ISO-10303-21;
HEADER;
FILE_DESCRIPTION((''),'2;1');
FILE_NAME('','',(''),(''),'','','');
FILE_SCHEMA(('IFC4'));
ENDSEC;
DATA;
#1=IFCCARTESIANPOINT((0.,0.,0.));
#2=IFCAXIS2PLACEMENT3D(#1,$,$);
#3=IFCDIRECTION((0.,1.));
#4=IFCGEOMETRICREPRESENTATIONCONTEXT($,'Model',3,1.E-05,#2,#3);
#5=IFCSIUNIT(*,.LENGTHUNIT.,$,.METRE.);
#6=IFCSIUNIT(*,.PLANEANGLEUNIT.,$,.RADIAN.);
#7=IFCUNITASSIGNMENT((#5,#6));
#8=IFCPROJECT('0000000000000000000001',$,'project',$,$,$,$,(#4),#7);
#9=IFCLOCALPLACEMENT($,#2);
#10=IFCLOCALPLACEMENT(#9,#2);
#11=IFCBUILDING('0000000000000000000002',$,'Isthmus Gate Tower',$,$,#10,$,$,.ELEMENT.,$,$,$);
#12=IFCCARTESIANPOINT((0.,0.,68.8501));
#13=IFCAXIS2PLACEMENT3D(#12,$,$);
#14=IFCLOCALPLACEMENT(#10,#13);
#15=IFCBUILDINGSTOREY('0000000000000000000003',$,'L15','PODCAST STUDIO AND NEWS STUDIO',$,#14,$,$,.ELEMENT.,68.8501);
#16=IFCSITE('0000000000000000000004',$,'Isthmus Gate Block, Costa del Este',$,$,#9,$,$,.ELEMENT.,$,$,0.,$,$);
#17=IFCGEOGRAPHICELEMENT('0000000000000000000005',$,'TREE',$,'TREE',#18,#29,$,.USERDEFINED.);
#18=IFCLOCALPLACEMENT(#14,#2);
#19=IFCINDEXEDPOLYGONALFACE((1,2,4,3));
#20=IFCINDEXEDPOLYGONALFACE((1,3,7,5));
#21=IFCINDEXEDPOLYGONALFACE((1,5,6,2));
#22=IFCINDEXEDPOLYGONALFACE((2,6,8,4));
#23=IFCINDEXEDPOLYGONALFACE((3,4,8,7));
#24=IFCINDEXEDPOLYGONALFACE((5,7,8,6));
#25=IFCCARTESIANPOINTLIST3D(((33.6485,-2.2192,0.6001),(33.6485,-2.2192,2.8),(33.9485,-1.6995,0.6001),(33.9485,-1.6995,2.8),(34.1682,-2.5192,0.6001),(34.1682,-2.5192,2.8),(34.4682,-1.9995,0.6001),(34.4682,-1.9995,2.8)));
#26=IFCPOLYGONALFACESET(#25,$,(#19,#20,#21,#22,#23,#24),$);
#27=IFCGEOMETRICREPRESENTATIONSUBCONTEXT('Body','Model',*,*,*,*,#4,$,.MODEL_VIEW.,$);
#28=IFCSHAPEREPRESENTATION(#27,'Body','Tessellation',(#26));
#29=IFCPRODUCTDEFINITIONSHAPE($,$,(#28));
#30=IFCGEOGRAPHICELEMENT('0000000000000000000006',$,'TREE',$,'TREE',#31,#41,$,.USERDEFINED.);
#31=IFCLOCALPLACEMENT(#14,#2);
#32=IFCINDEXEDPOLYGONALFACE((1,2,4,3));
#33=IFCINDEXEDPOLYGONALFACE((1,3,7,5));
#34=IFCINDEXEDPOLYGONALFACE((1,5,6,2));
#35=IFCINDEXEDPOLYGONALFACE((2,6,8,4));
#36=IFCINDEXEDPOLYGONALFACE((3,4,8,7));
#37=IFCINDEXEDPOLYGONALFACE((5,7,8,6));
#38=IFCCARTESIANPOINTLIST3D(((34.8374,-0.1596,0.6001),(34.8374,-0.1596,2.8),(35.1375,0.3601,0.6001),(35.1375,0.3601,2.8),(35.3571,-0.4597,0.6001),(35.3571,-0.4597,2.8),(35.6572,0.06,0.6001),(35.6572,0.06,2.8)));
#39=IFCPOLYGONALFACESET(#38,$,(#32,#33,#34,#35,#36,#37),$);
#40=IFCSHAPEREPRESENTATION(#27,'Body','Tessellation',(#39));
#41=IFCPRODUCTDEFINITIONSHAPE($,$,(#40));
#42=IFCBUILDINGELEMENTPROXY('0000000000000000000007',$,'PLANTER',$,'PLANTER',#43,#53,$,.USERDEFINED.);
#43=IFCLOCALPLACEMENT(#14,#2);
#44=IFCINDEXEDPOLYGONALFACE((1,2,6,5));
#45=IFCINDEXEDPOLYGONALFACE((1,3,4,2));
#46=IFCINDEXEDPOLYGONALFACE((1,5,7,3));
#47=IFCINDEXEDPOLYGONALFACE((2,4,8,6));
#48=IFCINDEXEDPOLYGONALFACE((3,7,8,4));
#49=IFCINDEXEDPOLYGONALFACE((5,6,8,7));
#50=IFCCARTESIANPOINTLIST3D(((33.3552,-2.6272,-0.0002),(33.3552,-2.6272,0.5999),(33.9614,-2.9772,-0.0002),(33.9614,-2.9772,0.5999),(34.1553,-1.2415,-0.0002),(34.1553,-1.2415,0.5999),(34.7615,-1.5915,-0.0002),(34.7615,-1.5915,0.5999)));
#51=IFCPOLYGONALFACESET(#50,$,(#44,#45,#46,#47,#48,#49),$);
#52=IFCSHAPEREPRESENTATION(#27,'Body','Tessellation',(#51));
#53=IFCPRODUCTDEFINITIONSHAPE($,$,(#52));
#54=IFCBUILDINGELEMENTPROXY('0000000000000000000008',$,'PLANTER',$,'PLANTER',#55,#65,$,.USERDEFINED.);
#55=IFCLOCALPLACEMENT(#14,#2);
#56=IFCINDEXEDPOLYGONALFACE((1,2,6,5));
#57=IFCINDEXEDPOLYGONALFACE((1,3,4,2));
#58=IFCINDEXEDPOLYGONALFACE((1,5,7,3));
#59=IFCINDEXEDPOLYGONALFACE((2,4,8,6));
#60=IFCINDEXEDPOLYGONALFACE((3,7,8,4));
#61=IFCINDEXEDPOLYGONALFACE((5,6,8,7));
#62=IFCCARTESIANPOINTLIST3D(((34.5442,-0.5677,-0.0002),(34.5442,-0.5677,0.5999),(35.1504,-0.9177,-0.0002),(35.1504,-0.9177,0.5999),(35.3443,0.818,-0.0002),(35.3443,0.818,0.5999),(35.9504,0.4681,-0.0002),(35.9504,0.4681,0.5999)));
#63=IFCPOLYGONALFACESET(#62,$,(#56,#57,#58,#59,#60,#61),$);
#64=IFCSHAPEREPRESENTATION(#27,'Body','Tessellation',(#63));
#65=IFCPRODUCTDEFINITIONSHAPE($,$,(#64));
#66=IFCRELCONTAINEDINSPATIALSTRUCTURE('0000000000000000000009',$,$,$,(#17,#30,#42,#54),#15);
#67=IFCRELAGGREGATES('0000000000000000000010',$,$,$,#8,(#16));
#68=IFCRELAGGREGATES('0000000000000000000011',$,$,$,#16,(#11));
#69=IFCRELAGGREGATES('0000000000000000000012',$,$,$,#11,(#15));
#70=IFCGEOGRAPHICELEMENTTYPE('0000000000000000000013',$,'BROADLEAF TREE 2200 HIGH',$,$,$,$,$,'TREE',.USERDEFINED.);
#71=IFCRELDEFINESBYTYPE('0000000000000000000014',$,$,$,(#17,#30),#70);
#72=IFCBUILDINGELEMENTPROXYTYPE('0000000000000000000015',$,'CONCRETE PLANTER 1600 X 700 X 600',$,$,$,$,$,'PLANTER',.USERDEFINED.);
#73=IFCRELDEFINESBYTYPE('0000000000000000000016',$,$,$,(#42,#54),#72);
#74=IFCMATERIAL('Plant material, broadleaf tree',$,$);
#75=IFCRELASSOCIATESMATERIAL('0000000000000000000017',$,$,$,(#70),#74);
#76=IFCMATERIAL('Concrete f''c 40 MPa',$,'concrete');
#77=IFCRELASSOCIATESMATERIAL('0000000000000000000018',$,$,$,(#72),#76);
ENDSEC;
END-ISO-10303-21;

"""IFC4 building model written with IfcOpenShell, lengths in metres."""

from ifc_helpers import new_model, si_unit, direction, frame, origin, origin_2d, place, context, subcontext, project, spatial, rectangle, extrude, material, type_object, element, save


model = new_model("IFC4")

# Units and contexts
model_context = context("Model", 3, precision=1e-05, world=origin(), true_north=direction((0.0, 1.0)))
body_context = subcontext(model_context, "Body", "Model", "MODEL_VIEW")
ifc_project = project(units=[si_unit("LENGTHUNIT", "METRE"), si_unit("PLANEANGLEUNIT", "RADIAN")], contexts=[model_context])

# Site, building, storey
site_placement = place(None, origin())
site = spatial("IfcSite", under=ifc_project, at=site_placement, Name="Isthmus Gate Block, Costa del Este", CompositionType="ELEMENT", RefElevation=0.0)
building_placement = place(site_placement, origin())
building = spatial("IfcBuilding", under=site, at=building_placement, Name="Isthmus Gate Tower", CompositionType="ELEMENT")
storey_placement = place(building_placement, frame((0.0, 0.0, 68.8501)))
storey = spatial("IfcBuildingStorey", under=building, at=storey_placement, Name="L15", Description="PODCAST STUDIO AND NEWS STUDIO", CompositionType="ELEMENT", Elevation=68.8501)

# Geographic elements
ifc_material_1 = material(Name="Plant material, broadleaf tree")
geographic_element_type = type_object("IfcGeographicElementType", Name="BROADLEAF TREE 2200 HIGH", ElementType="TREE", PredefinedType="USERDEFINED", material=ifc_material_1)
for number, where, z_axis, x_axis, name in (
    (1, (34.0583, -2.1094, 0.6001), (0.0, 0.0, 1.0), (0.5, 0.866025, 0.0), "TREE"),
    (2, (35.2473, -0.0498, 0.6001), (0.0, 0.0, 1.0), (0.5, 0.866025, 0.0), "TREE"),
):
    element("IfcGeographicElement", number, at=place(storey_placement, frame(where, z_axis=z_axis, x_axis=x_axis)), inside=storey, type_object=geographic_element_type, Name=name, ObjectType="TREE", PredefinedType="USERDEFINED", context=body_context, shape_type="SweptSolid", body=[
        extrude(rectangle(XDim=0.6001, YDim=0.6001, at=origin_2d()), origin(), (0.0, 0.0, 1.0), 2.2),
    ])

# Building element proxies
ifc_material_2 = material(Name="Concrete f'c 40 MPa", Category="concrete")
building_element_proxy_type = type_object("IfcBuildingElementProxyType", Name="CONCRETE PLANTER 1600 X 700 X 600", ElementType="PLANTER", PredefinedType="USERDEFINED", material=ifc_material_2)
for number, where, z_axis, x_axis, name in (
    (3, (34.0583, -2.1094, -0.0002), (0.0, 0.0, 1.0), (0.5, 0.866025, 0.0), "PLANTER"),
    (4, (35.2473, -0.0498, -0.0002), (0.0, 0.0, 1.0), (0.5, 0.866025, 0.0), "PLANTER"),
):
    element("IfcBuildingElementProxy", number, at=place(storey_placement, frame(where, z_axis=z_axis, x_axis=x_axis)), inside=storey, type_object=building_element_proxy_type, Name=name, ObjectType="PLANTER", PredefinedType="USERDEFINED", context=body_context, shape_type="SweptSolid", body=[
        extrude(rectangle(XDim=1.6001, YDim=0.7, at=origin_2d()), origin(), (0.0, 0.0, 1.0), 0.6001),
    ])

save(model, "model.ifc")
